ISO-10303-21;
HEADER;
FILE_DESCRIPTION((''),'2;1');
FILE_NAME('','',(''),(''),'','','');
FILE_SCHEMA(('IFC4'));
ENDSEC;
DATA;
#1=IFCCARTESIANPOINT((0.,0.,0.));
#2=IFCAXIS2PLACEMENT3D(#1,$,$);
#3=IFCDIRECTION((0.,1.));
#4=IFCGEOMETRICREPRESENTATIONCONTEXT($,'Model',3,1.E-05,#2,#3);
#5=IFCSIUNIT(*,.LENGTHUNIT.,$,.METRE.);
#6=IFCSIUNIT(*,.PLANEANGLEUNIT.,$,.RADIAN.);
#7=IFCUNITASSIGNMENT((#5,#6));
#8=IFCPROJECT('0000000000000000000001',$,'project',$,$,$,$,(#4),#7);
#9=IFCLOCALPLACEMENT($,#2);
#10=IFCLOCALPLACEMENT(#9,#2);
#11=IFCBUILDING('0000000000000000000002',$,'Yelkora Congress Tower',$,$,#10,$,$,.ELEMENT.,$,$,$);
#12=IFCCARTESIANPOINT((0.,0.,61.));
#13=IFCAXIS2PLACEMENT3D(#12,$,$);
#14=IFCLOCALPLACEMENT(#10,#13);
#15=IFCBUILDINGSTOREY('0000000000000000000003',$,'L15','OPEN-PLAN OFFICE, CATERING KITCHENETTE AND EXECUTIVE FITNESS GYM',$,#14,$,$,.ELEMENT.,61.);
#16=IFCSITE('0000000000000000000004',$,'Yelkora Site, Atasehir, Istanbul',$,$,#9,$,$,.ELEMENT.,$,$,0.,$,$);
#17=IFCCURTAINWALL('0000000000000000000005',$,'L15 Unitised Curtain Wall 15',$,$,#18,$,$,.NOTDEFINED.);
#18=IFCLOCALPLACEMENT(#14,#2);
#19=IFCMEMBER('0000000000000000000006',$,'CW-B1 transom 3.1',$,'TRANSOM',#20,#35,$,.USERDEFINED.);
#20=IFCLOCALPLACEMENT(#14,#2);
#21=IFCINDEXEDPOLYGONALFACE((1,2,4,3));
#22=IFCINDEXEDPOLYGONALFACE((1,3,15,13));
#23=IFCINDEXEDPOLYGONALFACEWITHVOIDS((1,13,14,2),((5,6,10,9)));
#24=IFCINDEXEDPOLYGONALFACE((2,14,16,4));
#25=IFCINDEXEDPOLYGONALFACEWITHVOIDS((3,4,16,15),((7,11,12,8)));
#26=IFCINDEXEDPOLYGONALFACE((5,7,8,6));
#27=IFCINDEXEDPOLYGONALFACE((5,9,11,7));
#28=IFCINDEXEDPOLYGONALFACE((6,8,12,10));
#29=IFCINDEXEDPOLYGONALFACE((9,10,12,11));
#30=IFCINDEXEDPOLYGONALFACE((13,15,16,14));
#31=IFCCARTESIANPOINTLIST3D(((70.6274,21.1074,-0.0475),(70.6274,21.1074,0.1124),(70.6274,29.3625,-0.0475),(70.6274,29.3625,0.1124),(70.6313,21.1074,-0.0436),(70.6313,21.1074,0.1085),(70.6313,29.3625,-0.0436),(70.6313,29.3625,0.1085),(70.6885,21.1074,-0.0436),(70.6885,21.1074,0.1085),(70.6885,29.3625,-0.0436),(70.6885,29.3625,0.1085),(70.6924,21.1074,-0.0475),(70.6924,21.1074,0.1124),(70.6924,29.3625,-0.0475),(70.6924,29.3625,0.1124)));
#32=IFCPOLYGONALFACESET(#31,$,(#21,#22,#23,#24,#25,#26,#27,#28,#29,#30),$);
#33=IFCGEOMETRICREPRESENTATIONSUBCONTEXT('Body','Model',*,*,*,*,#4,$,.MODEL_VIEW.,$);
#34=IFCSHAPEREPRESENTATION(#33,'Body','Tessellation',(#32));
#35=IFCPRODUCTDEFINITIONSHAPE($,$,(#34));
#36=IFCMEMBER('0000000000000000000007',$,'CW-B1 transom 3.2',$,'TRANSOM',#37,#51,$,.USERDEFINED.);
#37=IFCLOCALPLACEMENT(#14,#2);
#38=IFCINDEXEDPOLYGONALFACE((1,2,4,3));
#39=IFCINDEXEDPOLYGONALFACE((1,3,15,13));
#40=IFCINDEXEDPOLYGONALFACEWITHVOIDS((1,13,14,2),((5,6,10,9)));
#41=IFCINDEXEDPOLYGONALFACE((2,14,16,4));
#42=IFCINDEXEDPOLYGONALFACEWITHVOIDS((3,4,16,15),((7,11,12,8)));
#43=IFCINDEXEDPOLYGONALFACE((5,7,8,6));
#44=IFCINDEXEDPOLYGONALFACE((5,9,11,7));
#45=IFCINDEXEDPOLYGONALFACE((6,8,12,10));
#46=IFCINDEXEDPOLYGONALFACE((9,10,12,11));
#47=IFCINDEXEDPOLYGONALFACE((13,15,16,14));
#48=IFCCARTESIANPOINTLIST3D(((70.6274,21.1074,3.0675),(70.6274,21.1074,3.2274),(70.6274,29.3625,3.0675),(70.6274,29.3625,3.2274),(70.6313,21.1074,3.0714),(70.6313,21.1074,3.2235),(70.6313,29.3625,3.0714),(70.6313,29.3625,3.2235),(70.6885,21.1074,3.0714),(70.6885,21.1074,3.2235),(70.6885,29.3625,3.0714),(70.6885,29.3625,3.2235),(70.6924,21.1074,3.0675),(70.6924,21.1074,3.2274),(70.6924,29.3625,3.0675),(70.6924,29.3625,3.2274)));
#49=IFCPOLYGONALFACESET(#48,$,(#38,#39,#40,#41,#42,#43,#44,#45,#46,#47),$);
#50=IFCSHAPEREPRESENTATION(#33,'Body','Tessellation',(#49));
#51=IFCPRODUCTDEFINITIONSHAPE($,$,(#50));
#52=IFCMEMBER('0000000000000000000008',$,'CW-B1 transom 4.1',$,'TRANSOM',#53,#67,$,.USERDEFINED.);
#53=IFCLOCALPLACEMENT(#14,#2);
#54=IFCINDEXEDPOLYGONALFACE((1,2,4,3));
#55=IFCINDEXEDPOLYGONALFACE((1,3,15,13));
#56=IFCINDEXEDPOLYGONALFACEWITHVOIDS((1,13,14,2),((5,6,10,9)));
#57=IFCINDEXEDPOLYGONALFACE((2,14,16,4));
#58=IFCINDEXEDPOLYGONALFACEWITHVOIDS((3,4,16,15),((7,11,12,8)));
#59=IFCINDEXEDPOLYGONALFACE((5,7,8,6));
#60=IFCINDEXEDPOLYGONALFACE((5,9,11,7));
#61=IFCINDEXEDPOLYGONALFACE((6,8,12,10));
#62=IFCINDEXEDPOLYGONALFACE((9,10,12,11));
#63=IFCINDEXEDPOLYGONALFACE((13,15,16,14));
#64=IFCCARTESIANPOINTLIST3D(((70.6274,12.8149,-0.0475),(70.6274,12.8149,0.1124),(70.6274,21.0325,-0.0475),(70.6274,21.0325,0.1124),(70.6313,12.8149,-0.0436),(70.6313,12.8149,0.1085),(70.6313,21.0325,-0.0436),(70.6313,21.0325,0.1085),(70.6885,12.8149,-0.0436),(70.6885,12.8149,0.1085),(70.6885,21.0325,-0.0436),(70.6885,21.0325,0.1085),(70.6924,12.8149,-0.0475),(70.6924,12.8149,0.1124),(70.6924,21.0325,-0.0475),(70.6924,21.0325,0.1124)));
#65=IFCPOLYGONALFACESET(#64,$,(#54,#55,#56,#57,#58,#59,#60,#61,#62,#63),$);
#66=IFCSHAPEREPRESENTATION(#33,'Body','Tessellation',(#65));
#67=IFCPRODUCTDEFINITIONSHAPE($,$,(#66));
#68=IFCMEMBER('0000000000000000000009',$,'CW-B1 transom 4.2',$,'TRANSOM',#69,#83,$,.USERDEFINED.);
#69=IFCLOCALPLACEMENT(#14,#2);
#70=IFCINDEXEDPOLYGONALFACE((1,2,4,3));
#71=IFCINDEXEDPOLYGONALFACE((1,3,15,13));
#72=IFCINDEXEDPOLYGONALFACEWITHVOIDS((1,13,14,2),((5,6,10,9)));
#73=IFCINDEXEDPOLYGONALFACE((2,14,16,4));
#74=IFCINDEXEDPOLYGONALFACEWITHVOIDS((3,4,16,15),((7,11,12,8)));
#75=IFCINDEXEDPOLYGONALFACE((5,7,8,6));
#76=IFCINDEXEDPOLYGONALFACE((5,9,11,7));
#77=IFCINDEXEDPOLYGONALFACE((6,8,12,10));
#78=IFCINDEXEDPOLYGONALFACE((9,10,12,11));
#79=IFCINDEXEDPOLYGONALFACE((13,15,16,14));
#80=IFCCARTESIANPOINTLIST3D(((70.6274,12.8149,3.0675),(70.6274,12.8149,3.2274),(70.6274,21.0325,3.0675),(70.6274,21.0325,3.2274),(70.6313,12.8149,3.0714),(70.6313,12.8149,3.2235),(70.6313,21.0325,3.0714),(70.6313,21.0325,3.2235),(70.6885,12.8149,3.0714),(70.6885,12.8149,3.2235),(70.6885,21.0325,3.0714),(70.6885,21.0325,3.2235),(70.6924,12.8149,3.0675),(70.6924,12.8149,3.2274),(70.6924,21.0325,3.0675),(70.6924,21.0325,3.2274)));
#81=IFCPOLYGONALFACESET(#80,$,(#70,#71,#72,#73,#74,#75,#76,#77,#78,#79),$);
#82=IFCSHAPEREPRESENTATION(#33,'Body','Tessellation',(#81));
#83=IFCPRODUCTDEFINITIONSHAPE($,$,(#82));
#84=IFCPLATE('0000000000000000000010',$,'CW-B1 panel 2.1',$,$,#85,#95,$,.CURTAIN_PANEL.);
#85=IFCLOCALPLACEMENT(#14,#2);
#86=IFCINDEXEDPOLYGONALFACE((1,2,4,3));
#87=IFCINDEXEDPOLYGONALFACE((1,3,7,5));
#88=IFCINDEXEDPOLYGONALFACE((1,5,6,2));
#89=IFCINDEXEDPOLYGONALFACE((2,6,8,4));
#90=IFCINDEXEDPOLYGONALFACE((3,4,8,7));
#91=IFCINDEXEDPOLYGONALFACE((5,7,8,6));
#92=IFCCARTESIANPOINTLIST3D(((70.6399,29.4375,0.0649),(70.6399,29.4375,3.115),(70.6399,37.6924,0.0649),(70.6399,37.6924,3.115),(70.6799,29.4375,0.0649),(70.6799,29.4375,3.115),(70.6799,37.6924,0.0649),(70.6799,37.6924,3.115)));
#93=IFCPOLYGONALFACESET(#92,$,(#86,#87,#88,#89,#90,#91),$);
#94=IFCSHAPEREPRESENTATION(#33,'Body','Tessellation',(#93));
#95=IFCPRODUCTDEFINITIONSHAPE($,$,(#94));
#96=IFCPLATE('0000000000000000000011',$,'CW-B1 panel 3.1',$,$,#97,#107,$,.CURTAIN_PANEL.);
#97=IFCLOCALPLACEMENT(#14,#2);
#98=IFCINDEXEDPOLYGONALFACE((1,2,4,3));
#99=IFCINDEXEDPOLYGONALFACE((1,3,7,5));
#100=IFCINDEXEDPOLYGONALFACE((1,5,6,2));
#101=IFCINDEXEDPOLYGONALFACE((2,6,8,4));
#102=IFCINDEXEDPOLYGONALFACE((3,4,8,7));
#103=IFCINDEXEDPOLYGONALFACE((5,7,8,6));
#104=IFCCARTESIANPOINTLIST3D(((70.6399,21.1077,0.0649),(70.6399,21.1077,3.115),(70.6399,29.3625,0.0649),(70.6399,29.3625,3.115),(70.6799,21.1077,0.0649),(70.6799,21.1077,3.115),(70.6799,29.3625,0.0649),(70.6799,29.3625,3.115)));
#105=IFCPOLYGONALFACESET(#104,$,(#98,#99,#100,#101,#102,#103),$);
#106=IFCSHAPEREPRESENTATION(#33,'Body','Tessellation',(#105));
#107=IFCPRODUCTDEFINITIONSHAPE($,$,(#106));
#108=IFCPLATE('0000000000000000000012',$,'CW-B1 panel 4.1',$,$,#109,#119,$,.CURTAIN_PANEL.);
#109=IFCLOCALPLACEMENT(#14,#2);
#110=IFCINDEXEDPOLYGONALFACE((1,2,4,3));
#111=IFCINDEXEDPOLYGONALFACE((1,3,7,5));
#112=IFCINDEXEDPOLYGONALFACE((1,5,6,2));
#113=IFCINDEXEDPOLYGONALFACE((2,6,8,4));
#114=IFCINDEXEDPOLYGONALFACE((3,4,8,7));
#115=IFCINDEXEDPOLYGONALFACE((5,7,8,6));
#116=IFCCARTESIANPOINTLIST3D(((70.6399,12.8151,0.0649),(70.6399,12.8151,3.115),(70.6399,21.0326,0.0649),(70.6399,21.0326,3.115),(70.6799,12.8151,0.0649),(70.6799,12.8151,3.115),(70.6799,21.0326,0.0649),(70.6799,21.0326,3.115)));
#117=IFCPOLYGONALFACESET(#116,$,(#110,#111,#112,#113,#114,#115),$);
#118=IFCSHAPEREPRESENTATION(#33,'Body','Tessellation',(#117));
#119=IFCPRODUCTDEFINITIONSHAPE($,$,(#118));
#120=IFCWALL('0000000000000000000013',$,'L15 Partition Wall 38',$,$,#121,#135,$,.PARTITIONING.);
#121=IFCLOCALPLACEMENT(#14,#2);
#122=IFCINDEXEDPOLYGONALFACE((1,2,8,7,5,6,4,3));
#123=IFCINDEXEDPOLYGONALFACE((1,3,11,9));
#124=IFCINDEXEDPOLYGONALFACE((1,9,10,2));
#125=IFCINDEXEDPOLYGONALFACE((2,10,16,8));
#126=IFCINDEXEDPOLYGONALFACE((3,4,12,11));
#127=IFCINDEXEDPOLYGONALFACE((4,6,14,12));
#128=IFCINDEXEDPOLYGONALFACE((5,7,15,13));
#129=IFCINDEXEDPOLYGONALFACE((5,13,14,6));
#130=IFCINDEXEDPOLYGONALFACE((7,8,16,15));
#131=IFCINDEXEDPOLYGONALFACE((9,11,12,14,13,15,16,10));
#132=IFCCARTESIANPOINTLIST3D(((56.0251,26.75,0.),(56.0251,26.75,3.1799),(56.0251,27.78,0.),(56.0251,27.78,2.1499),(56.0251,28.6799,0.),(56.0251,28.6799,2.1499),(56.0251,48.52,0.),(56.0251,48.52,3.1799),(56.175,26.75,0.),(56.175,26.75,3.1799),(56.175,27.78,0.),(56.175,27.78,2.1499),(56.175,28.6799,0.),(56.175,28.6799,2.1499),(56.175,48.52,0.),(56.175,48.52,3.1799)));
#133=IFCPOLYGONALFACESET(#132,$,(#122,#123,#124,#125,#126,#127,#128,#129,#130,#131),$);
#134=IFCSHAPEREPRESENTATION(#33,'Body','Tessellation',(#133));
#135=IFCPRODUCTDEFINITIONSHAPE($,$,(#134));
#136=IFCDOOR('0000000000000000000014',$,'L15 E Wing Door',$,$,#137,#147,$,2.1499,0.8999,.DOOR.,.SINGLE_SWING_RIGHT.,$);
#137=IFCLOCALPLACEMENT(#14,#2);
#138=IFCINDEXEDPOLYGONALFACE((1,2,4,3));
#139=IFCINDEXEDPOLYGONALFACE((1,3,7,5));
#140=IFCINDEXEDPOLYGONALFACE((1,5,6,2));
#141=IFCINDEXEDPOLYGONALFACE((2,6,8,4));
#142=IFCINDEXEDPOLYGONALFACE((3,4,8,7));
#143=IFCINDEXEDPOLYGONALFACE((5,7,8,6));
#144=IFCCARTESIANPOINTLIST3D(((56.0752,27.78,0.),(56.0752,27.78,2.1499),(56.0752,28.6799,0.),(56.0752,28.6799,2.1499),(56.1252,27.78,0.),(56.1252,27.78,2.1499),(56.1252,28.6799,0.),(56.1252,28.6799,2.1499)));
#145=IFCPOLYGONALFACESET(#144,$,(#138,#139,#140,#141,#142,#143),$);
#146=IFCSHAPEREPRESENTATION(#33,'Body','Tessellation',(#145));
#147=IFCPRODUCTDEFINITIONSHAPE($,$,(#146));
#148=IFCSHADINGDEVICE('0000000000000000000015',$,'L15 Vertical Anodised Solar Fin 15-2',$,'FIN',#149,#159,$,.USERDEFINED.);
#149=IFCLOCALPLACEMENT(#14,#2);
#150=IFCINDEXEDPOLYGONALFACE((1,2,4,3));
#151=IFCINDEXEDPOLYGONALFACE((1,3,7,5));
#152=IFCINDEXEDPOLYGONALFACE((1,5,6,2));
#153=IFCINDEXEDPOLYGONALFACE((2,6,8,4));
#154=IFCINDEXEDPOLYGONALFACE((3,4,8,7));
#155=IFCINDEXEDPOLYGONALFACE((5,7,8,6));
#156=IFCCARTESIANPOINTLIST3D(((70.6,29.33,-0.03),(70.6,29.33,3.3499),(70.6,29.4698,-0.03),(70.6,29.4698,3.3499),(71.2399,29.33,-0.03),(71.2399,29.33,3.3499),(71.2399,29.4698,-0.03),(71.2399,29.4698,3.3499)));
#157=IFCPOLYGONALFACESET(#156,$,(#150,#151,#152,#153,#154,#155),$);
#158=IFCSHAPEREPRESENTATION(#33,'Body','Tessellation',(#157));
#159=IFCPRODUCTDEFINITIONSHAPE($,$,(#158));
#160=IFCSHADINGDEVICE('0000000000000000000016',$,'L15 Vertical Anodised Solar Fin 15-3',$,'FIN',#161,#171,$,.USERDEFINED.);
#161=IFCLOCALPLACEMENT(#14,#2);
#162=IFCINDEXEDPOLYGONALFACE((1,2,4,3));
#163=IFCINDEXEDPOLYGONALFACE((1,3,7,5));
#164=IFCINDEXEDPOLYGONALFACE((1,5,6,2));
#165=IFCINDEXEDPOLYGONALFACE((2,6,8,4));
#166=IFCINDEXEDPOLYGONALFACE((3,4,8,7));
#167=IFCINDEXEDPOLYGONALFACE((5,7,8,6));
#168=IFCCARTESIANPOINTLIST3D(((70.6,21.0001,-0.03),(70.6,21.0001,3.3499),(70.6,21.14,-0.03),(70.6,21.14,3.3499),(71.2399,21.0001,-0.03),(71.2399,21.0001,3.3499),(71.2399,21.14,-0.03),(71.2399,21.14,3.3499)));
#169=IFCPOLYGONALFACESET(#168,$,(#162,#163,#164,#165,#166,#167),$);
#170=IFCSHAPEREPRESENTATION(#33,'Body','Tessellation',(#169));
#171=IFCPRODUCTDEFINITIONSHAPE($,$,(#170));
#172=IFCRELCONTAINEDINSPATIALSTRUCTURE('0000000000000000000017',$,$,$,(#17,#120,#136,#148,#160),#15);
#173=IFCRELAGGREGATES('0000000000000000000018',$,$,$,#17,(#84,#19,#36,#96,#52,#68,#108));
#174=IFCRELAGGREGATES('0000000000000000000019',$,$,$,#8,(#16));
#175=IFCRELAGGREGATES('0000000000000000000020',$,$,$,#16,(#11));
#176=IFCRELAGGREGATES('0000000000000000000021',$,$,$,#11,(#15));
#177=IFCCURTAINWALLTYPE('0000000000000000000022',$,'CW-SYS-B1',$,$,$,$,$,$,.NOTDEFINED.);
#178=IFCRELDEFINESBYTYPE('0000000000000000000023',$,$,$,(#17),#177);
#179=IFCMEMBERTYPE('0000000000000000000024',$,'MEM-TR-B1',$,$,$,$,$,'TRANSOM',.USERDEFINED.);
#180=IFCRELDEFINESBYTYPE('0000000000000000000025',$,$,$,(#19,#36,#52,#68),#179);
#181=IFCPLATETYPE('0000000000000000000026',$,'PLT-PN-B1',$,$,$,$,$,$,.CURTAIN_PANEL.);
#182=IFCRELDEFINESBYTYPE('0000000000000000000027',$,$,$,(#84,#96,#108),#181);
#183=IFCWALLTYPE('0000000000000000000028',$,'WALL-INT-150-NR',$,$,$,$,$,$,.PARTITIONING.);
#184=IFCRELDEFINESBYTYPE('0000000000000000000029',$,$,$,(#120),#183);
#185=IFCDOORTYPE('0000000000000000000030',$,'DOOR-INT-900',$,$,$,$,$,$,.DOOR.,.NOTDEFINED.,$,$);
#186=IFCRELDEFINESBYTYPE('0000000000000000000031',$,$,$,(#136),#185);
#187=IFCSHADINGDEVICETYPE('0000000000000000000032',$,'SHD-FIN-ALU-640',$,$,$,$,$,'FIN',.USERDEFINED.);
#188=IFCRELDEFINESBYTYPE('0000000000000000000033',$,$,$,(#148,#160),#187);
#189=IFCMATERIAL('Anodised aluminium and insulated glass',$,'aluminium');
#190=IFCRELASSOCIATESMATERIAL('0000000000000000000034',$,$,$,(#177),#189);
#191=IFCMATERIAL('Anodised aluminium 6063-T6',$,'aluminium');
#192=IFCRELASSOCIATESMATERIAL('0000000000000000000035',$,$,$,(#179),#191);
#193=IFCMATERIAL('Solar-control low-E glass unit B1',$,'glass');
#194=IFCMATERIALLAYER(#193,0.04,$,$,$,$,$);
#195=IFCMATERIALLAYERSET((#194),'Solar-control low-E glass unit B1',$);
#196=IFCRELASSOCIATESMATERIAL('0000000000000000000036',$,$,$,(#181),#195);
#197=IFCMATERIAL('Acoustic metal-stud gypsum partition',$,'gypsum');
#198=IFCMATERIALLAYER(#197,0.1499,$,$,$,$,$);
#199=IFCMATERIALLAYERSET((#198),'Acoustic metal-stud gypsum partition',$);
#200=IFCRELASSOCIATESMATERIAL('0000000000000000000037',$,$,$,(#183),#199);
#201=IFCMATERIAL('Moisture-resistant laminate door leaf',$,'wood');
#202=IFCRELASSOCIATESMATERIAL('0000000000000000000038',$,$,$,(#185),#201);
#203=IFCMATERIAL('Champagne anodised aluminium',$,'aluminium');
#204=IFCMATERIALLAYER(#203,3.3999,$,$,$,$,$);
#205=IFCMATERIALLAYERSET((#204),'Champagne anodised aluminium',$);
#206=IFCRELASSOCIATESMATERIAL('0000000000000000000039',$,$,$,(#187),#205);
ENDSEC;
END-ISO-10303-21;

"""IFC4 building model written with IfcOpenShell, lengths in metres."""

from ifc_helpers import new_model, si_unit, direction, frame, frame_2d, origin, origin_2d, place, context, subcontext, project, spatial, rectangle, hollow_rectangle, extrude, material, layer, layer_set, material_profile, profile_set, type_object, element, fill, aggregate, save


model = new_model("IFC4")

# Units and contexts
model_context = context("Model", 3, precision=1e-05, world=origin(), true_north=direction((0.0, 1.0)))
body_context = subcontext(model_context, "Body", "Model", "MODEL_VIEW")
ifc_project = project(units=[si_unit("LENGTHUNIT", "METRE"), si_unit("PLANEANGLEUNIT", "RADIAN")], contexts=[model_context])

# Site, building, storey
site_placement = place(None, origin())
site = spatial("IfcSite", under=ifc_project, at=site_placement, Name="Yelkora Site, Atasehir, Istanbul", CompositionType="ELEMENT", RefElevation=0.0)
building_placement = place(site_placement, origin())
building = spatial("IfcBuilding", under=site, at=building_placement, Name="Yelkora Congress Tower", CompositionType="ELEMENT")
storey_placement = place(building_placement, frame((0.0, 0.0, 61.0)))
storey = spatial("IfcBuildingStorey", under=building, at=storey_placement, Name="L15", Description="OPEN-PLAN OFFICE, CATERING KITCHENETTE AND EXECUTIVE FITNESS GYM", CompositionType="ELEMENT", Elevation=61.0)

# Curtain wall, members, plates
ifc_material_1 = material(Name="Anodised aluminium and insulated glass", Category="aluminium")
curtain_wall_type = type_object("IfcCurtainWallType", Name="CW-SYS-B1", PredefinedType="NOTDEFINED", material=ifc_material_1)
curtain_wall_placement = place(storey_placement, origin())
curtain_wall = element("IfcCurtainWall", 1, at=curtain_wall_placement, inside=storey, type_object=curtain_wall_type, Name="L15 Unitised Curtain Wall 15", PredefinedType="NOTDEFINED")
ifc_material_2 = material(Name="Anodised aluminium 6063-T6", Category="aluminium")
ifc_material_profile_1 = material_profile(ifc_material_2, hollow_rectangle(XDim=0.0649, YDim=0.1599, WallThickness=0.0039, at=origin_2d()), Name="ALU 65x160x4")
ifc_profile_set_1 = profile_set([ifc_material_profile_1], Name="Anodised aluminium 6063-T6")
member_type_1 = type_object("IfcMemberType", Name="MEM-TR-B1", ElementType="TRANSOM", PredefinedType="USERDEFINED", material=ifc_profile_set_1)
member_1_placement = place(storey_placement, frame((70.6599, 29.3625, 0.0325), z_axis=(0.0, -1.0, 0.0), x_axis=(1.0, 0.0, 0.0)))
member_1 = element("IfcMember", 2, at=member_1_placement, type_object=member_type_1, Name="CW-B1 transom 3.1", ObjectType="TRANSOM", PredefinedType="USERDEFINED", context=body_context, shape_type="SweptSolid", body=[
    extrude(hollow_rectangle(XDim=0.0649, YDim=0.1599, WallThickness=0.0039, at=origin_2d()), origin(), (0.0, 0.0, 1.0), 8.2551),
])
member_2_placement = place(storey_placement, frame((70.6599, 29.3625, 3.1475), z_axis=(0.0, -1.0, 0.0), x_axis=(1.0, 0.0, 0.0)))
member_2 = element("IfcMember", 3, at=member_2_placement, type_object=member_type_1, Name="CW-B1 transom 3.2", ObjectType="TRANSOM", PredefinedType="USERDEFINED", context=body_context, shape_type="SweptSolid", body=[
    extrude(hollow_rectangle(XDim=0.0649, YDim=0.1599, WallThickness=0.0039, at=origin_2d()), origin(), (0.0, 0.0, 1.0), 8.2551),
])
member_3_placement = place(storey_placement, frame((70.6599, 21.0325, 0.0325), z_axis=(0.0, -1.0, 0.0), x_axis=(1.0, 0.0, 0.0)))
member_3 = element("IfcMember", 4, at=member_3_placement, type_object=member_type_1, Name="CW-B1 transom 4.1", ObjectType="TRANSOM", PredefinedType="USERDEFINED", context=body_context, shape_type="SweptSolid", body=[
    extrude(hollow_rectangle(XDim=0.0649, YDim=0.1599, WallThickness=0.0039, at=origin_2d()), origin(), (0.0, 0.0, 1.0), 8.2175),
])
member_4_placement = place(storey_placement, frame((70.6599, 21.0325, 3.1475), z_axis=(0.0, -1.0, 0.0), x_axis=(1.0, 0.0, 0.0)))
member_4 = element("IfcMember", 5, at=member_4_placement, type_object=member_type_1, Name="CW-B1 transom 4.2", ObjectType="TRANSOM", PredefinedType="USERDEFINED", context=body_context, shape_type="SweptSolid", body=[
    extrude(hollow_rectangle(XDim=0.0649, YDim=0.1599, WallThickness=0.0039, at=origin_2d()), origin(), (0.0, 0.0, 1.0), 8.2175),
])
ifc_material_3 = material(Name="Solar-control low-E glass unit B1", Category="glass")
ifc_layer_1 = layer(ifc_material_3, 0.04)
ifc_layer_set_1 = layer_set([ifc_layer_1], Name="Solar-control low-E glass unit B1")
plate_type = type_object("IfcPlateType", Name="PLT-PN-B1", PredefinedType="CURTAIN_PANEL", material=ifc_layer_set_1)
plate_1_placement = place(storey_placement, frame((70.6599, 33.5649, 0.0649), z_axis=(0.0, 0.0, 1.0), x_axis=(0.0, -1.0, 0.0)))
plate_1 = element("IfcPlate", 6, at=plate_1_placement, type_object=plate_type, Name="CW-B1 panel 2.1", PredefinedType="CURTAIN_PANEL", context=body_context, shape_type="SweptSolid", body=[
    extrude(rectangle(XDim=8.2549, YDim=0.04, at=origin_2d()), origin(), (0.0, 0.0, 1.0), 3.05),
])
plate_2_placement = place(storey_placement, frame((70.6599, 25.2351, 0.0649), z_axis=(0.0, 0.0, 1.0), x_axis=(0.0, -1.0, 0.0)))
plate_2 = element("IfcPlate", 7, at=plate_2_placement, type_object=plate_type, Name="CW-B1 panel 3.1", PredefinedType="CURTAIN_PANEL", context=body_context, shape_type="SweptSolid", body=[
    extrude(rectangle(XDim=8.2549, YDim=0.04, at=origin_2d()), origin(), (0.0, 0.0, 1.0), 3.05),
])
plate_3_placement = place(storey_placement, frame((70.6599, 16.9238, 0.0649), z_axis=(0.0, 0.0, 1.0), x_axis=(0.0, -1.0, 0.0)))
plate_3 = element("IfcPlate", 8, at=plate_3_placement, type_object=plate_type, Name="CW-B1 panel 4.1", PredefinedType="CURTAIN_PANEL", context=body_context, shape_type="SweptSolid", body=[
    extrude(rectangle(XDim=8.2175, YDim=0.04, at=origin_2d()), origin(), (0.0, 0.0, 1.0), 3.05),
])
aggregate(curtain_wall, [plate_1, member_1, member_2, plate_2, member_3, member_4, plate_3])

# Wall, opening, door
ifc_material_4 = material(Name="Acoustic metal-stud gypsum partition", Category="gypsum")
ifc_layer_2 = layer(ifc_material_4, 0.1499)
ifc_layer_set_2 = layer_set([ifc_layer_2], Name="Acoustic metal-stud gypsum partition")
wall_type = type_object("IfcWallType", Name="WALL-INT-150-NR", PredefinedType="PARTITIONING", material=ifc_layer_set_2)
wall_placement = place(storey_placement, frame((56.1001, 26.75, 0.0), z_axis=(0.0, 0.0, 1.0), x_axis=(0.0, 1.0, 0.0)))
wall = element("IfcWall", 9, at=wall_placement, inside=storey, type_object=wall_type, Name="L15 Partition Wall 38", PredefinedType="PARTITIONING", context=body_context, shape_type="SweptSolid", body=[
    extrude(rectangle(XDim=21.77, YDim=0.1499, at=frame_2d((10.885, 0.0))), origin(), (0.0, 0.0, 1.0), 3.1799),
])
opening_placement = place(wall_placement, frame((1.03, 0.0, 0.0)))
opening = element("IfcOpeningElement", 10, at=opening_placement, cuts=wall, PredefinedType="OPENING", context=body_context, shape_type="SweptSolid", body=[
    extrude(rectangle(XDim=0.8999, YDim=2.1499, at=frame_2d((0.45, 1.075))), frame((0.0, 0.085, 0.0), z_axis=(0.0, -1.0, 0.0), x_axis=(1.0, 0.0, 0.0)), (0.0, 0.0, 1.0), 0.1699),
])
ifc_material_5 = material(Name="Moisture-resistant laminate door leaf", Category="wood")
door_type = type_object("IfcDoorType", Name="DOOR-INT-900", OperationType="NOTDEFINED", PredefinedType="DOOR", material=ifc_material_5)
door_placement = place(opening_placement, origin())
door = element("IfcDoor", 11, at=door_placement, inside=storey, type_object=door_type, Name="L15 E Wing Door", OperationType="SINGLE_SWING_RIGHT", OverallHeight=2.1499, OverallWidth=0.8999, PredefinedType="DOOR", context=body_context, shape_type="SweptSolid", body=[
    extrude(rectangle(XDim=0.8999, YDim=2.1499, at=frame_2d((0.45, 1.075))), frame((0.0, 0.0249, 0.0), z_axis=(0.0, -1.0, 0.0), x_axis=(1.0, 0.0, 0.0)), (0.0, 0.0, 1.0), 0.05),
])
fill(opening, door)

# Shading devices
ifc_material_6 = material(Name="Champagne anodised aluminium", Category="aluminium")
ifc_layer_3 = layer(ifc_material_6, 3.3999)
ifc_layer_set_3 = layer_set([ifc_layer_3], Name="Champagne anodised aluminium")
shading_device_type = type_object("IfcShadingDeviceType", Name="SHD-FIN-ALU-640", ElementType="FIN", PredefinedType="USERDEFINED", material=ifc_layer_set_3)
for number, where, z_axis, x_axis, name in (
    (12, (70.9199, 29.3999, -0.03), (0.0, 0.0, 1.0), (0.0, -1.0, 0.0), "L15 Vertical Anodised Solar Fin 15-2"),
    (13, (70.9199, 21.0701, -0.03), (0.0, 0.0, 1.0), (0.0, -1.0, 0.0), "L15 Vertical Anodised Solar Fin 15-3"),
):
    element("IfcShadingDevice", number, at=place(storey_placement, frame(where, z_axis=z_axis, x_axis=x_axis)), inside=storey, type_object=shading_device_type, Name=name, ObjectType="FIN", PredefinedType="USERDEFINED", context=body_context, shape_type="SweptSolid", body=[
        extrude(rectangle(XDim=0.1399, YDim=0.6399, at=origin_2d()), origin(), (0.0, 0.0, 1.0), 3.3799),
    ])

save(model, "model.ifc")
